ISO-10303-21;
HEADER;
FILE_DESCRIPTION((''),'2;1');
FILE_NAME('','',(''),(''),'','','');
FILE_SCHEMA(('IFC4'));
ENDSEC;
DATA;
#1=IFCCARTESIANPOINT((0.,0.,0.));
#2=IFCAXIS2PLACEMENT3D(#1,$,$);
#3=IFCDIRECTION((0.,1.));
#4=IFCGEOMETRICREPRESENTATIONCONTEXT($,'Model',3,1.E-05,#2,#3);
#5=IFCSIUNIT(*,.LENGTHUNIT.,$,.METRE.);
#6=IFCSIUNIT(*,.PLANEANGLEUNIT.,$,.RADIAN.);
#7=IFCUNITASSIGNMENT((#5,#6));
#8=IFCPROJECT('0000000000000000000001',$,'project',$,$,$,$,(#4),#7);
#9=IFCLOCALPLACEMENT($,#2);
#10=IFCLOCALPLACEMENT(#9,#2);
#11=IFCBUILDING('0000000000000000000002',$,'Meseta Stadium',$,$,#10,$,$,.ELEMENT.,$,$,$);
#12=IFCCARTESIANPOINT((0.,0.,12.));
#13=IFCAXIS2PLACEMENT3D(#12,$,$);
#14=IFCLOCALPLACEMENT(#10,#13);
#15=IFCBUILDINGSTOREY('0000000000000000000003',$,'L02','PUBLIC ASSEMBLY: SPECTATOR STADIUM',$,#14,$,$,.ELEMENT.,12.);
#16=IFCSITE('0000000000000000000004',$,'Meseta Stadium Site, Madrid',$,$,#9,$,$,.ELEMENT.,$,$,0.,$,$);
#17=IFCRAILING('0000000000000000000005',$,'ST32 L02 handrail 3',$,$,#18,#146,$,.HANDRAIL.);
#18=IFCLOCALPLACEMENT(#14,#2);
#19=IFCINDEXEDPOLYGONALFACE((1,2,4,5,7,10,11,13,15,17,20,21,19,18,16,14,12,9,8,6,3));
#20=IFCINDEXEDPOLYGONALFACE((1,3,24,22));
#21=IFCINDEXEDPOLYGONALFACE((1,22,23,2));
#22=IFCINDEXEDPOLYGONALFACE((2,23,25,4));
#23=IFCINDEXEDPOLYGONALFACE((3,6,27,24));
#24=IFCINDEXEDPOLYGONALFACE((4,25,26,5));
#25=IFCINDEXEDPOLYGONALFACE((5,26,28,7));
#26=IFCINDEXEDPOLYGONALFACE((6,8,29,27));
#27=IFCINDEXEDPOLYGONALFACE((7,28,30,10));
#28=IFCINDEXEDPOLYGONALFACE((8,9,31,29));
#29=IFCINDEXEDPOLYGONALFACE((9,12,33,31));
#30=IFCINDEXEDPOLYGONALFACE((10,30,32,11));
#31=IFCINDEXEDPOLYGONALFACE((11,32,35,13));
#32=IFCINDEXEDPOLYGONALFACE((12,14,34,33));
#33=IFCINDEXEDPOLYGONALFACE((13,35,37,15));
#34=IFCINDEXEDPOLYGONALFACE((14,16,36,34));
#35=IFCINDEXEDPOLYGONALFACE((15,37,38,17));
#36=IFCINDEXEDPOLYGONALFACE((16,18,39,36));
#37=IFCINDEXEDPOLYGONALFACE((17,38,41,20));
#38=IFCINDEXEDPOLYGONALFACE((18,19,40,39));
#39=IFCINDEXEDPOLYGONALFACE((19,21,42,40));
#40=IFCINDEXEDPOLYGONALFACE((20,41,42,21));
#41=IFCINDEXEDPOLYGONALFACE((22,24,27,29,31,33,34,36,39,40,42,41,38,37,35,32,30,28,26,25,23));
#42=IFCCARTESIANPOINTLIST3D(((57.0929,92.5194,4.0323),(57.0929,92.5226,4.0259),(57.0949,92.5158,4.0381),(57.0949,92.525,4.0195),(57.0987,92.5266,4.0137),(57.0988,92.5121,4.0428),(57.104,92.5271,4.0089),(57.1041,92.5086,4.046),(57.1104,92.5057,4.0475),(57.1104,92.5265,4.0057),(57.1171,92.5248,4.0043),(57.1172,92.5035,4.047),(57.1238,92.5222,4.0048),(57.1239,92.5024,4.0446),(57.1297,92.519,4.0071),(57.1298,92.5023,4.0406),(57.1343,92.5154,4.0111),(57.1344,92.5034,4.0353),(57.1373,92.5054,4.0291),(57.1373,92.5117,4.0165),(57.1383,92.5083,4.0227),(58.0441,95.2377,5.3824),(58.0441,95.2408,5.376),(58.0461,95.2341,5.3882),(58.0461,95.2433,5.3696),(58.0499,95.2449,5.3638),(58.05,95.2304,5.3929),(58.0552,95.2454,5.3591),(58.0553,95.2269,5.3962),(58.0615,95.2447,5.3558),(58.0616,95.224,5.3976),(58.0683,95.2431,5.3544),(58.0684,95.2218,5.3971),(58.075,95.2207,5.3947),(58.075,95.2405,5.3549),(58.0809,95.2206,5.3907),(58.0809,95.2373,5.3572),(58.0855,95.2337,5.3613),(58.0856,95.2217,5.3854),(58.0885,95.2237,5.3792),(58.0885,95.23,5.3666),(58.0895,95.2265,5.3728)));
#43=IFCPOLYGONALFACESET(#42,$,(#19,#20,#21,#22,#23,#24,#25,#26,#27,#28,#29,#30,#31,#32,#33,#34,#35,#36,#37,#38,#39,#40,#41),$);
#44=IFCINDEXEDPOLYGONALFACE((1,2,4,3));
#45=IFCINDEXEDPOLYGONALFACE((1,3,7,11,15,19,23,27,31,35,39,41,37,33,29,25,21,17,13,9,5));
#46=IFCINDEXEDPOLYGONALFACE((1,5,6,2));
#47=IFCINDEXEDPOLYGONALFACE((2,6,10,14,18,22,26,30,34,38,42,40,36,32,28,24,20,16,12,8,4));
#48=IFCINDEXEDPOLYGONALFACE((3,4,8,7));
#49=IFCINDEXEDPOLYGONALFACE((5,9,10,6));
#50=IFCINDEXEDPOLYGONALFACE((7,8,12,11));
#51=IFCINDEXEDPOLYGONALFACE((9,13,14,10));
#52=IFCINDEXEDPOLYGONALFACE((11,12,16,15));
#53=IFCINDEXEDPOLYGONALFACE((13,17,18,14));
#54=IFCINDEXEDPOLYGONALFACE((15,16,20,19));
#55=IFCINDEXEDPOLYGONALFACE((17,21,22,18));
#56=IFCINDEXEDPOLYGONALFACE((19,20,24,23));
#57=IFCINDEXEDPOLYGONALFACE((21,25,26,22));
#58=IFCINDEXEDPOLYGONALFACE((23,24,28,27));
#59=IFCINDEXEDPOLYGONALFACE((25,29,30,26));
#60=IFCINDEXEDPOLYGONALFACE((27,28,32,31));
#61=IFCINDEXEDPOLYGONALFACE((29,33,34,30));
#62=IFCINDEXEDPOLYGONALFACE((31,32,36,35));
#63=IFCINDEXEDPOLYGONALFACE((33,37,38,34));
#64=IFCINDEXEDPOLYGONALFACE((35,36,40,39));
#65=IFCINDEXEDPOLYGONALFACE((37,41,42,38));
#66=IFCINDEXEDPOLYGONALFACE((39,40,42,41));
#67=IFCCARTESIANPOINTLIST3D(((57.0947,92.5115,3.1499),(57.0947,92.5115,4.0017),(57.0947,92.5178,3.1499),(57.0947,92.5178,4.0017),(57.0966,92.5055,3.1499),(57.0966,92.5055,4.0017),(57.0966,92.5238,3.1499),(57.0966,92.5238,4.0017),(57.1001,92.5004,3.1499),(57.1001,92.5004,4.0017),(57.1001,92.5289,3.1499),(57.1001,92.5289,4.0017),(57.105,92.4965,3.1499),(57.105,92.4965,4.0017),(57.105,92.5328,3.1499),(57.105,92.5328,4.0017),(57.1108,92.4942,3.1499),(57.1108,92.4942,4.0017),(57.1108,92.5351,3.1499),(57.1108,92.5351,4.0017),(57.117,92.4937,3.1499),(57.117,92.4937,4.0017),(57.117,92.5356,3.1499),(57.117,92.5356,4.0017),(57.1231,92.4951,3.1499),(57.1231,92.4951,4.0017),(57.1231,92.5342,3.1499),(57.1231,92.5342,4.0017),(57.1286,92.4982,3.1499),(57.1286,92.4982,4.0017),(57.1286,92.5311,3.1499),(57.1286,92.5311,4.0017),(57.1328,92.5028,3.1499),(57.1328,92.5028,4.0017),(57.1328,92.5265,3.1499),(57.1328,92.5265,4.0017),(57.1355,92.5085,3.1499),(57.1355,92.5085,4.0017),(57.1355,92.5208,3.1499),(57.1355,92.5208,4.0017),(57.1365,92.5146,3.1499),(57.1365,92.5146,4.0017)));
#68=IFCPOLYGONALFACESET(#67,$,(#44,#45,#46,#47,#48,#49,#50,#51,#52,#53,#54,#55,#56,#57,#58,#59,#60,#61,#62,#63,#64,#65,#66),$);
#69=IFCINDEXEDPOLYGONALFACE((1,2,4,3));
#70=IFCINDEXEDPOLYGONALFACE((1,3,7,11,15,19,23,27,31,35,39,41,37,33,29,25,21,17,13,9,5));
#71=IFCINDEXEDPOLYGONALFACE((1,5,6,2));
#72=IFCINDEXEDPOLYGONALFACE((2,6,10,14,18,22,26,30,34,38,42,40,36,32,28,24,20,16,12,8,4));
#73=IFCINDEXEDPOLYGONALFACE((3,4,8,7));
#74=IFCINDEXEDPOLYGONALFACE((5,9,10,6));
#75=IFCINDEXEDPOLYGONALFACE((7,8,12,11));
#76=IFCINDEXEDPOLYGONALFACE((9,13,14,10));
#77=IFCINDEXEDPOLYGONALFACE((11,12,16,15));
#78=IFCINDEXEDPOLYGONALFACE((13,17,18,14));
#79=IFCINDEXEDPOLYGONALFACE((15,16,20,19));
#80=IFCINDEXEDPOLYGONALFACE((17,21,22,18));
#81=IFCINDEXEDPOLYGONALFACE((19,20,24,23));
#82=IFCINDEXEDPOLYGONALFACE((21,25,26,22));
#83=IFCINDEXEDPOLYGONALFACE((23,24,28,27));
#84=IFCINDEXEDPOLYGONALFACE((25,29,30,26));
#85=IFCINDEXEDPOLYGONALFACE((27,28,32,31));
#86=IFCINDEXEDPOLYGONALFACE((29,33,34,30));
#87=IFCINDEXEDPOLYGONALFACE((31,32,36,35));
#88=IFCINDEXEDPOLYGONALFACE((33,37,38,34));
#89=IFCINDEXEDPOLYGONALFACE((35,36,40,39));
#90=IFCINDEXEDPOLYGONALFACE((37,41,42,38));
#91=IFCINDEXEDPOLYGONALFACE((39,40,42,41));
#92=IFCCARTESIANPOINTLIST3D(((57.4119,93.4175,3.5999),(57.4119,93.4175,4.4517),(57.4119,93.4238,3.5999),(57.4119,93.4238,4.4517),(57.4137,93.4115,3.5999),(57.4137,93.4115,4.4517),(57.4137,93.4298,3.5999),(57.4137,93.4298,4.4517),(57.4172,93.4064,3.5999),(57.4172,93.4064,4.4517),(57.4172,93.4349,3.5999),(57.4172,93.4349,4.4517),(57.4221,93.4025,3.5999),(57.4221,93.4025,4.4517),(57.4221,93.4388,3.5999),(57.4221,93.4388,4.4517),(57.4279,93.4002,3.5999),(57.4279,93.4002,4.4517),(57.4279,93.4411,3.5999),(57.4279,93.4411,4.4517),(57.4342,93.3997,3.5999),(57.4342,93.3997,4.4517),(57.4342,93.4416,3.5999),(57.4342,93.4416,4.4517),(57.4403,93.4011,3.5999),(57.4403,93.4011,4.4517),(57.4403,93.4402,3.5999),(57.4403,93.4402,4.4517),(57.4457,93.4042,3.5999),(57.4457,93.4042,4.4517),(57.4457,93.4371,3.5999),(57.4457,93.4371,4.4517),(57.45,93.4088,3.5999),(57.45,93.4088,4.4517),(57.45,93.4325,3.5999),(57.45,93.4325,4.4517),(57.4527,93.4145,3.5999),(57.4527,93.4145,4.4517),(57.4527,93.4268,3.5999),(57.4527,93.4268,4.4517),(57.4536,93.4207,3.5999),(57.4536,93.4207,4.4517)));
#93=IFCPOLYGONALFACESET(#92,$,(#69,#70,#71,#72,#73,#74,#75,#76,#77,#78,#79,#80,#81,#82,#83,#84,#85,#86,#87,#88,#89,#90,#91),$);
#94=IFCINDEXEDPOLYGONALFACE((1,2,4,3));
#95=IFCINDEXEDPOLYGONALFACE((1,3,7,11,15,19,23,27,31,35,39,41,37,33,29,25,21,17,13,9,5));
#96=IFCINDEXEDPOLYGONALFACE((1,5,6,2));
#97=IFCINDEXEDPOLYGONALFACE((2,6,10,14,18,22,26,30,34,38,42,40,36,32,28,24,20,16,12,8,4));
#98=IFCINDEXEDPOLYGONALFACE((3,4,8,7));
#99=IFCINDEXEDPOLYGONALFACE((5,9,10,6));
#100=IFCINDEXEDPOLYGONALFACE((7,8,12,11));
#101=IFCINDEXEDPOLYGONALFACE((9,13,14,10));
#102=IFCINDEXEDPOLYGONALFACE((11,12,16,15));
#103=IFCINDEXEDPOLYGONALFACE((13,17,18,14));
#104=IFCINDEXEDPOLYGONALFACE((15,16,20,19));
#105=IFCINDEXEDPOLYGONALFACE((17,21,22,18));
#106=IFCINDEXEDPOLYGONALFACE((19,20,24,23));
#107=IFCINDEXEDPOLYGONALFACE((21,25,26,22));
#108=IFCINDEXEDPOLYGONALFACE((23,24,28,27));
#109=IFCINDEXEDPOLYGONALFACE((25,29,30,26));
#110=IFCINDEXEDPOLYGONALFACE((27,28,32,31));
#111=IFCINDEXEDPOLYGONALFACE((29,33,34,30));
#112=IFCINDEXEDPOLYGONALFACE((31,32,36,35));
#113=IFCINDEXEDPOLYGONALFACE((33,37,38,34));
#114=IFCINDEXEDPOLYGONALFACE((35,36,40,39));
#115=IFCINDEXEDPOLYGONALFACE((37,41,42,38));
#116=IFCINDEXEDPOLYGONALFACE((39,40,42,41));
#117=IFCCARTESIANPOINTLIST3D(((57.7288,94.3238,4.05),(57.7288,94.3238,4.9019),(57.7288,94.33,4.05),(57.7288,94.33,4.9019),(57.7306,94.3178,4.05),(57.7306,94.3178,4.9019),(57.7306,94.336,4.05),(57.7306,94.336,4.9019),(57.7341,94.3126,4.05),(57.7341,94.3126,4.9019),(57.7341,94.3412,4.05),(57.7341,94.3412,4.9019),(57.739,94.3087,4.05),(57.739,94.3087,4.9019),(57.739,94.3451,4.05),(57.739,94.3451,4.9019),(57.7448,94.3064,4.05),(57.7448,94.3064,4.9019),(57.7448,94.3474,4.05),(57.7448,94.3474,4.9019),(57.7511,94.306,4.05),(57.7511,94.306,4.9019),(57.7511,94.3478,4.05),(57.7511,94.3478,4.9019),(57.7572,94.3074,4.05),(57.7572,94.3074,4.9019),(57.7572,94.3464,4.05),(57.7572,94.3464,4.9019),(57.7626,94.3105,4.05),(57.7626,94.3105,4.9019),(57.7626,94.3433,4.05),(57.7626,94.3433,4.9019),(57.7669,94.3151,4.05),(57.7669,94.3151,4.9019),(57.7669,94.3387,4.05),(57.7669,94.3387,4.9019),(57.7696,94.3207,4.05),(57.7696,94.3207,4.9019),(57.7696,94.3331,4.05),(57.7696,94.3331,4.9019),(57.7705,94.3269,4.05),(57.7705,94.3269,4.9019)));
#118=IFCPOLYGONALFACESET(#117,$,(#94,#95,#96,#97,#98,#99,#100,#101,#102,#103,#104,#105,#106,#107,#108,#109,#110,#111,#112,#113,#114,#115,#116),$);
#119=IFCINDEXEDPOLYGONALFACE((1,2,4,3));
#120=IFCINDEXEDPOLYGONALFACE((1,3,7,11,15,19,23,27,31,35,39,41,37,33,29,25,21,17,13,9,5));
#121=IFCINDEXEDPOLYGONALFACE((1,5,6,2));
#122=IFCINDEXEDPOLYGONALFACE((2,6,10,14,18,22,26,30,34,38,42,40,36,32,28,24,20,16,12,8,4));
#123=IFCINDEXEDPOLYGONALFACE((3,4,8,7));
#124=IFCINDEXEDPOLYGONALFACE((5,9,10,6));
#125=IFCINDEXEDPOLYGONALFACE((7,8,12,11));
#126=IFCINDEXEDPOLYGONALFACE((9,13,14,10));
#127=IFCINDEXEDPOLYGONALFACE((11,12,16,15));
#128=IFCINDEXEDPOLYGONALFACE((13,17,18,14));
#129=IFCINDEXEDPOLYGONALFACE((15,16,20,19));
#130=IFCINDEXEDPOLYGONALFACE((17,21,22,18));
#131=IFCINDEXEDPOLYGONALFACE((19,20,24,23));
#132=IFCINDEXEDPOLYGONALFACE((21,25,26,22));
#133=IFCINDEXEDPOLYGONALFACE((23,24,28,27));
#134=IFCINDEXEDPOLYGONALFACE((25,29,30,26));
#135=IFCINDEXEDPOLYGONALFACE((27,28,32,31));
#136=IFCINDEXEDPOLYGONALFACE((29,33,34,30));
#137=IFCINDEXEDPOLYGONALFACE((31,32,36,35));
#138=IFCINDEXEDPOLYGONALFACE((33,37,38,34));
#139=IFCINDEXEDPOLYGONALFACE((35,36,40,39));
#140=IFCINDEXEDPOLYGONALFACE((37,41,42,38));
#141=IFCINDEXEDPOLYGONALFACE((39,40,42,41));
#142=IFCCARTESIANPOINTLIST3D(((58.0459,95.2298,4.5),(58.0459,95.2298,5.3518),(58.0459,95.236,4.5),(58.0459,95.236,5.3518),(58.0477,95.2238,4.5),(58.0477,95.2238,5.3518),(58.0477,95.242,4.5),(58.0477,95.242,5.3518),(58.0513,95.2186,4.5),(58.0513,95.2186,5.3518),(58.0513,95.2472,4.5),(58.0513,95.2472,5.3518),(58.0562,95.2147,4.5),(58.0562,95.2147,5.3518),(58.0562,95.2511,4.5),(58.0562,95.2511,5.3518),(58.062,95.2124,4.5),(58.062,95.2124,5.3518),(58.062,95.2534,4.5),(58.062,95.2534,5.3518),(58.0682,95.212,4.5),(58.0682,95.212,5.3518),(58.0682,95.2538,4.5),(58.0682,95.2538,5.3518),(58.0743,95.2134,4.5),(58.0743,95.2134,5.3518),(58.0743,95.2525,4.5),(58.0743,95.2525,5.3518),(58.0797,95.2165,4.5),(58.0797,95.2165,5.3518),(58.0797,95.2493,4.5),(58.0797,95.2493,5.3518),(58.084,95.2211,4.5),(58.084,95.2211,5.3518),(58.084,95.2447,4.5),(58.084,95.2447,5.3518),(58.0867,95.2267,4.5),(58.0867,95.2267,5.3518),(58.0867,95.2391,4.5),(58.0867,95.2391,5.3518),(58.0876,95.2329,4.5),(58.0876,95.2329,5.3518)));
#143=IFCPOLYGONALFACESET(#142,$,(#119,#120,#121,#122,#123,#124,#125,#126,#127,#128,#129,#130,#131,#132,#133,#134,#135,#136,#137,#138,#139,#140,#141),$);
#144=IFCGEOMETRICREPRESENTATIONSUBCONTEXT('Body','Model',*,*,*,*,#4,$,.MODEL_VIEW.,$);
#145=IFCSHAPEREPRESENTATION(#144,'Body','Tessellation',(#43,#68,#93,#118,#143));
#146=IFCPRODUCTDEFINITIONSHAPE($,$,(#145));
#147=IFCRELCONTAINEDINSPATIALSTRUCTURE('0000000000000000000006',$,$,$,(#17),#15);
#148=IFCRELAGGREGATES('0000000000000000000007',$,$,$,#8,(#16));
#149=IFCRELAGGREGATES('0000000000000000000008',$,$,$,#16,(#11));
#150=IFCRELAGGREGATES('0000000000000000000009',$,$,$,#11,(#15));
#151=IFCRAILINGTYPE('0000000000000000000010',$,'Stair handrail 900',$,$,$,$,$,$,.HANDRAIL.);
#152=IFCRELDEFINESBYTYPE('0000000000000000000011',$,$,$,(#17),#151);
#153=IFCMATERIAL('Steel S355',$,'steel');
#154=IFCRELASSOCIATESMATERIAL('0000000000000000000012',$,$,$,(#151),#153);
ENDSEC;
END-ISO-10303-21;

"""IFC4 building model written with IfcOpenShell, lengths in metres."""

from ifc_helpers import new_model, si_unit, direction, frame, origin, origin_2d, place, context, subcontext, project, spatial, circle, extrude, material, type_object, element, save


model = new_model("IFC4")

# Units and contexts
model_context = context("Model", 3, precision=1e-05, world=origin(), true_north=direction((0.0, 1.0)))
body_context = subcontext(model_context, "Body", "Model", "MODEL_VIEW")
ifc_project = project(units=[si_unit("LENGTHUNIT", "METRE"), si_unit("PLANEANGLEUNIT", "RADIAN")], contexts=[model_context])

# Site, building, storey
site_placement = place(None, origin())
site = spatial("IfcSite", under=ifc_project, at=site_placement, Name="Meseta Stadium Site, Madrid", CompositionType="ELEMENT", RefElevation=0.0)
building_placement = place(site_placement, origin())
building = spatial("IfcBuilding", under=site, at=building_placement, Name="Meseta Stadium", CompositionType="ELEMENT")
storey_placement = place(building_placement, frame((0.0, 0.0, 12.0)))
storey = spatial("IfcBuildingStorey", under=building, at=storey_placement, Name="L02", Description="PUBLIC ASSEMBLY: SPECTATOR STADIUM", CompositionType="ELEMENT", Elevation=12.0)

# Railing
ifc_material_1 = material(Name="Steel S355", Category="steel")
railing_type_1 = type_object("IfcRailingType", Name="Stair handrail 900", PredefinedType="HANDRAIL", material=ifc_material_1)
for number, where, name in (
    (1, (57.1155, 92.5146, 3.1499), "ST32 L02 handrail 3"),
):
    element("IfcRailing", number, at=place(storey_placement, frame(where)), inside=storey, type_object=railing_type_1, Name=name, PredefinedType="HANDRAIL", context=body_context, shape_type="SweptSolid", body=[
        extrude(circle(Radius=0.0239, at=origin_2d()), frame((0.0, 0.0, 0.876), z_axis=(0.299051, 0.854629, 0.424474), x_axis=(-0.943882, 0.330282, 0.0)), (0.0, 0.0, 1.0), 3.1807),
        extrude(circle(Radius=0.021, at=origin_2d()), origin(), (0.0, 0.0, 1.0), 0.8518),
        extrude(circle(Radius=0.021, at=origin_2d()), frame((0.3171, 0.906, 0.45)), (0.0, 0.0, 1.0), 0.8518),
        extrude(circle(Radius=0.021, at=origin_2d()), frame((0.634, 1.8123, 0.9001)), (0.0, 0.0, 1.0), 0.8518),
        extrude(circle(Radius=0.021, at=origin_2d()), frame((0.9512, 2.7183, 1.3501)), (0.0, 0.0, 1.0), 0.8518),
    ])

save(model, "model.ifc")
